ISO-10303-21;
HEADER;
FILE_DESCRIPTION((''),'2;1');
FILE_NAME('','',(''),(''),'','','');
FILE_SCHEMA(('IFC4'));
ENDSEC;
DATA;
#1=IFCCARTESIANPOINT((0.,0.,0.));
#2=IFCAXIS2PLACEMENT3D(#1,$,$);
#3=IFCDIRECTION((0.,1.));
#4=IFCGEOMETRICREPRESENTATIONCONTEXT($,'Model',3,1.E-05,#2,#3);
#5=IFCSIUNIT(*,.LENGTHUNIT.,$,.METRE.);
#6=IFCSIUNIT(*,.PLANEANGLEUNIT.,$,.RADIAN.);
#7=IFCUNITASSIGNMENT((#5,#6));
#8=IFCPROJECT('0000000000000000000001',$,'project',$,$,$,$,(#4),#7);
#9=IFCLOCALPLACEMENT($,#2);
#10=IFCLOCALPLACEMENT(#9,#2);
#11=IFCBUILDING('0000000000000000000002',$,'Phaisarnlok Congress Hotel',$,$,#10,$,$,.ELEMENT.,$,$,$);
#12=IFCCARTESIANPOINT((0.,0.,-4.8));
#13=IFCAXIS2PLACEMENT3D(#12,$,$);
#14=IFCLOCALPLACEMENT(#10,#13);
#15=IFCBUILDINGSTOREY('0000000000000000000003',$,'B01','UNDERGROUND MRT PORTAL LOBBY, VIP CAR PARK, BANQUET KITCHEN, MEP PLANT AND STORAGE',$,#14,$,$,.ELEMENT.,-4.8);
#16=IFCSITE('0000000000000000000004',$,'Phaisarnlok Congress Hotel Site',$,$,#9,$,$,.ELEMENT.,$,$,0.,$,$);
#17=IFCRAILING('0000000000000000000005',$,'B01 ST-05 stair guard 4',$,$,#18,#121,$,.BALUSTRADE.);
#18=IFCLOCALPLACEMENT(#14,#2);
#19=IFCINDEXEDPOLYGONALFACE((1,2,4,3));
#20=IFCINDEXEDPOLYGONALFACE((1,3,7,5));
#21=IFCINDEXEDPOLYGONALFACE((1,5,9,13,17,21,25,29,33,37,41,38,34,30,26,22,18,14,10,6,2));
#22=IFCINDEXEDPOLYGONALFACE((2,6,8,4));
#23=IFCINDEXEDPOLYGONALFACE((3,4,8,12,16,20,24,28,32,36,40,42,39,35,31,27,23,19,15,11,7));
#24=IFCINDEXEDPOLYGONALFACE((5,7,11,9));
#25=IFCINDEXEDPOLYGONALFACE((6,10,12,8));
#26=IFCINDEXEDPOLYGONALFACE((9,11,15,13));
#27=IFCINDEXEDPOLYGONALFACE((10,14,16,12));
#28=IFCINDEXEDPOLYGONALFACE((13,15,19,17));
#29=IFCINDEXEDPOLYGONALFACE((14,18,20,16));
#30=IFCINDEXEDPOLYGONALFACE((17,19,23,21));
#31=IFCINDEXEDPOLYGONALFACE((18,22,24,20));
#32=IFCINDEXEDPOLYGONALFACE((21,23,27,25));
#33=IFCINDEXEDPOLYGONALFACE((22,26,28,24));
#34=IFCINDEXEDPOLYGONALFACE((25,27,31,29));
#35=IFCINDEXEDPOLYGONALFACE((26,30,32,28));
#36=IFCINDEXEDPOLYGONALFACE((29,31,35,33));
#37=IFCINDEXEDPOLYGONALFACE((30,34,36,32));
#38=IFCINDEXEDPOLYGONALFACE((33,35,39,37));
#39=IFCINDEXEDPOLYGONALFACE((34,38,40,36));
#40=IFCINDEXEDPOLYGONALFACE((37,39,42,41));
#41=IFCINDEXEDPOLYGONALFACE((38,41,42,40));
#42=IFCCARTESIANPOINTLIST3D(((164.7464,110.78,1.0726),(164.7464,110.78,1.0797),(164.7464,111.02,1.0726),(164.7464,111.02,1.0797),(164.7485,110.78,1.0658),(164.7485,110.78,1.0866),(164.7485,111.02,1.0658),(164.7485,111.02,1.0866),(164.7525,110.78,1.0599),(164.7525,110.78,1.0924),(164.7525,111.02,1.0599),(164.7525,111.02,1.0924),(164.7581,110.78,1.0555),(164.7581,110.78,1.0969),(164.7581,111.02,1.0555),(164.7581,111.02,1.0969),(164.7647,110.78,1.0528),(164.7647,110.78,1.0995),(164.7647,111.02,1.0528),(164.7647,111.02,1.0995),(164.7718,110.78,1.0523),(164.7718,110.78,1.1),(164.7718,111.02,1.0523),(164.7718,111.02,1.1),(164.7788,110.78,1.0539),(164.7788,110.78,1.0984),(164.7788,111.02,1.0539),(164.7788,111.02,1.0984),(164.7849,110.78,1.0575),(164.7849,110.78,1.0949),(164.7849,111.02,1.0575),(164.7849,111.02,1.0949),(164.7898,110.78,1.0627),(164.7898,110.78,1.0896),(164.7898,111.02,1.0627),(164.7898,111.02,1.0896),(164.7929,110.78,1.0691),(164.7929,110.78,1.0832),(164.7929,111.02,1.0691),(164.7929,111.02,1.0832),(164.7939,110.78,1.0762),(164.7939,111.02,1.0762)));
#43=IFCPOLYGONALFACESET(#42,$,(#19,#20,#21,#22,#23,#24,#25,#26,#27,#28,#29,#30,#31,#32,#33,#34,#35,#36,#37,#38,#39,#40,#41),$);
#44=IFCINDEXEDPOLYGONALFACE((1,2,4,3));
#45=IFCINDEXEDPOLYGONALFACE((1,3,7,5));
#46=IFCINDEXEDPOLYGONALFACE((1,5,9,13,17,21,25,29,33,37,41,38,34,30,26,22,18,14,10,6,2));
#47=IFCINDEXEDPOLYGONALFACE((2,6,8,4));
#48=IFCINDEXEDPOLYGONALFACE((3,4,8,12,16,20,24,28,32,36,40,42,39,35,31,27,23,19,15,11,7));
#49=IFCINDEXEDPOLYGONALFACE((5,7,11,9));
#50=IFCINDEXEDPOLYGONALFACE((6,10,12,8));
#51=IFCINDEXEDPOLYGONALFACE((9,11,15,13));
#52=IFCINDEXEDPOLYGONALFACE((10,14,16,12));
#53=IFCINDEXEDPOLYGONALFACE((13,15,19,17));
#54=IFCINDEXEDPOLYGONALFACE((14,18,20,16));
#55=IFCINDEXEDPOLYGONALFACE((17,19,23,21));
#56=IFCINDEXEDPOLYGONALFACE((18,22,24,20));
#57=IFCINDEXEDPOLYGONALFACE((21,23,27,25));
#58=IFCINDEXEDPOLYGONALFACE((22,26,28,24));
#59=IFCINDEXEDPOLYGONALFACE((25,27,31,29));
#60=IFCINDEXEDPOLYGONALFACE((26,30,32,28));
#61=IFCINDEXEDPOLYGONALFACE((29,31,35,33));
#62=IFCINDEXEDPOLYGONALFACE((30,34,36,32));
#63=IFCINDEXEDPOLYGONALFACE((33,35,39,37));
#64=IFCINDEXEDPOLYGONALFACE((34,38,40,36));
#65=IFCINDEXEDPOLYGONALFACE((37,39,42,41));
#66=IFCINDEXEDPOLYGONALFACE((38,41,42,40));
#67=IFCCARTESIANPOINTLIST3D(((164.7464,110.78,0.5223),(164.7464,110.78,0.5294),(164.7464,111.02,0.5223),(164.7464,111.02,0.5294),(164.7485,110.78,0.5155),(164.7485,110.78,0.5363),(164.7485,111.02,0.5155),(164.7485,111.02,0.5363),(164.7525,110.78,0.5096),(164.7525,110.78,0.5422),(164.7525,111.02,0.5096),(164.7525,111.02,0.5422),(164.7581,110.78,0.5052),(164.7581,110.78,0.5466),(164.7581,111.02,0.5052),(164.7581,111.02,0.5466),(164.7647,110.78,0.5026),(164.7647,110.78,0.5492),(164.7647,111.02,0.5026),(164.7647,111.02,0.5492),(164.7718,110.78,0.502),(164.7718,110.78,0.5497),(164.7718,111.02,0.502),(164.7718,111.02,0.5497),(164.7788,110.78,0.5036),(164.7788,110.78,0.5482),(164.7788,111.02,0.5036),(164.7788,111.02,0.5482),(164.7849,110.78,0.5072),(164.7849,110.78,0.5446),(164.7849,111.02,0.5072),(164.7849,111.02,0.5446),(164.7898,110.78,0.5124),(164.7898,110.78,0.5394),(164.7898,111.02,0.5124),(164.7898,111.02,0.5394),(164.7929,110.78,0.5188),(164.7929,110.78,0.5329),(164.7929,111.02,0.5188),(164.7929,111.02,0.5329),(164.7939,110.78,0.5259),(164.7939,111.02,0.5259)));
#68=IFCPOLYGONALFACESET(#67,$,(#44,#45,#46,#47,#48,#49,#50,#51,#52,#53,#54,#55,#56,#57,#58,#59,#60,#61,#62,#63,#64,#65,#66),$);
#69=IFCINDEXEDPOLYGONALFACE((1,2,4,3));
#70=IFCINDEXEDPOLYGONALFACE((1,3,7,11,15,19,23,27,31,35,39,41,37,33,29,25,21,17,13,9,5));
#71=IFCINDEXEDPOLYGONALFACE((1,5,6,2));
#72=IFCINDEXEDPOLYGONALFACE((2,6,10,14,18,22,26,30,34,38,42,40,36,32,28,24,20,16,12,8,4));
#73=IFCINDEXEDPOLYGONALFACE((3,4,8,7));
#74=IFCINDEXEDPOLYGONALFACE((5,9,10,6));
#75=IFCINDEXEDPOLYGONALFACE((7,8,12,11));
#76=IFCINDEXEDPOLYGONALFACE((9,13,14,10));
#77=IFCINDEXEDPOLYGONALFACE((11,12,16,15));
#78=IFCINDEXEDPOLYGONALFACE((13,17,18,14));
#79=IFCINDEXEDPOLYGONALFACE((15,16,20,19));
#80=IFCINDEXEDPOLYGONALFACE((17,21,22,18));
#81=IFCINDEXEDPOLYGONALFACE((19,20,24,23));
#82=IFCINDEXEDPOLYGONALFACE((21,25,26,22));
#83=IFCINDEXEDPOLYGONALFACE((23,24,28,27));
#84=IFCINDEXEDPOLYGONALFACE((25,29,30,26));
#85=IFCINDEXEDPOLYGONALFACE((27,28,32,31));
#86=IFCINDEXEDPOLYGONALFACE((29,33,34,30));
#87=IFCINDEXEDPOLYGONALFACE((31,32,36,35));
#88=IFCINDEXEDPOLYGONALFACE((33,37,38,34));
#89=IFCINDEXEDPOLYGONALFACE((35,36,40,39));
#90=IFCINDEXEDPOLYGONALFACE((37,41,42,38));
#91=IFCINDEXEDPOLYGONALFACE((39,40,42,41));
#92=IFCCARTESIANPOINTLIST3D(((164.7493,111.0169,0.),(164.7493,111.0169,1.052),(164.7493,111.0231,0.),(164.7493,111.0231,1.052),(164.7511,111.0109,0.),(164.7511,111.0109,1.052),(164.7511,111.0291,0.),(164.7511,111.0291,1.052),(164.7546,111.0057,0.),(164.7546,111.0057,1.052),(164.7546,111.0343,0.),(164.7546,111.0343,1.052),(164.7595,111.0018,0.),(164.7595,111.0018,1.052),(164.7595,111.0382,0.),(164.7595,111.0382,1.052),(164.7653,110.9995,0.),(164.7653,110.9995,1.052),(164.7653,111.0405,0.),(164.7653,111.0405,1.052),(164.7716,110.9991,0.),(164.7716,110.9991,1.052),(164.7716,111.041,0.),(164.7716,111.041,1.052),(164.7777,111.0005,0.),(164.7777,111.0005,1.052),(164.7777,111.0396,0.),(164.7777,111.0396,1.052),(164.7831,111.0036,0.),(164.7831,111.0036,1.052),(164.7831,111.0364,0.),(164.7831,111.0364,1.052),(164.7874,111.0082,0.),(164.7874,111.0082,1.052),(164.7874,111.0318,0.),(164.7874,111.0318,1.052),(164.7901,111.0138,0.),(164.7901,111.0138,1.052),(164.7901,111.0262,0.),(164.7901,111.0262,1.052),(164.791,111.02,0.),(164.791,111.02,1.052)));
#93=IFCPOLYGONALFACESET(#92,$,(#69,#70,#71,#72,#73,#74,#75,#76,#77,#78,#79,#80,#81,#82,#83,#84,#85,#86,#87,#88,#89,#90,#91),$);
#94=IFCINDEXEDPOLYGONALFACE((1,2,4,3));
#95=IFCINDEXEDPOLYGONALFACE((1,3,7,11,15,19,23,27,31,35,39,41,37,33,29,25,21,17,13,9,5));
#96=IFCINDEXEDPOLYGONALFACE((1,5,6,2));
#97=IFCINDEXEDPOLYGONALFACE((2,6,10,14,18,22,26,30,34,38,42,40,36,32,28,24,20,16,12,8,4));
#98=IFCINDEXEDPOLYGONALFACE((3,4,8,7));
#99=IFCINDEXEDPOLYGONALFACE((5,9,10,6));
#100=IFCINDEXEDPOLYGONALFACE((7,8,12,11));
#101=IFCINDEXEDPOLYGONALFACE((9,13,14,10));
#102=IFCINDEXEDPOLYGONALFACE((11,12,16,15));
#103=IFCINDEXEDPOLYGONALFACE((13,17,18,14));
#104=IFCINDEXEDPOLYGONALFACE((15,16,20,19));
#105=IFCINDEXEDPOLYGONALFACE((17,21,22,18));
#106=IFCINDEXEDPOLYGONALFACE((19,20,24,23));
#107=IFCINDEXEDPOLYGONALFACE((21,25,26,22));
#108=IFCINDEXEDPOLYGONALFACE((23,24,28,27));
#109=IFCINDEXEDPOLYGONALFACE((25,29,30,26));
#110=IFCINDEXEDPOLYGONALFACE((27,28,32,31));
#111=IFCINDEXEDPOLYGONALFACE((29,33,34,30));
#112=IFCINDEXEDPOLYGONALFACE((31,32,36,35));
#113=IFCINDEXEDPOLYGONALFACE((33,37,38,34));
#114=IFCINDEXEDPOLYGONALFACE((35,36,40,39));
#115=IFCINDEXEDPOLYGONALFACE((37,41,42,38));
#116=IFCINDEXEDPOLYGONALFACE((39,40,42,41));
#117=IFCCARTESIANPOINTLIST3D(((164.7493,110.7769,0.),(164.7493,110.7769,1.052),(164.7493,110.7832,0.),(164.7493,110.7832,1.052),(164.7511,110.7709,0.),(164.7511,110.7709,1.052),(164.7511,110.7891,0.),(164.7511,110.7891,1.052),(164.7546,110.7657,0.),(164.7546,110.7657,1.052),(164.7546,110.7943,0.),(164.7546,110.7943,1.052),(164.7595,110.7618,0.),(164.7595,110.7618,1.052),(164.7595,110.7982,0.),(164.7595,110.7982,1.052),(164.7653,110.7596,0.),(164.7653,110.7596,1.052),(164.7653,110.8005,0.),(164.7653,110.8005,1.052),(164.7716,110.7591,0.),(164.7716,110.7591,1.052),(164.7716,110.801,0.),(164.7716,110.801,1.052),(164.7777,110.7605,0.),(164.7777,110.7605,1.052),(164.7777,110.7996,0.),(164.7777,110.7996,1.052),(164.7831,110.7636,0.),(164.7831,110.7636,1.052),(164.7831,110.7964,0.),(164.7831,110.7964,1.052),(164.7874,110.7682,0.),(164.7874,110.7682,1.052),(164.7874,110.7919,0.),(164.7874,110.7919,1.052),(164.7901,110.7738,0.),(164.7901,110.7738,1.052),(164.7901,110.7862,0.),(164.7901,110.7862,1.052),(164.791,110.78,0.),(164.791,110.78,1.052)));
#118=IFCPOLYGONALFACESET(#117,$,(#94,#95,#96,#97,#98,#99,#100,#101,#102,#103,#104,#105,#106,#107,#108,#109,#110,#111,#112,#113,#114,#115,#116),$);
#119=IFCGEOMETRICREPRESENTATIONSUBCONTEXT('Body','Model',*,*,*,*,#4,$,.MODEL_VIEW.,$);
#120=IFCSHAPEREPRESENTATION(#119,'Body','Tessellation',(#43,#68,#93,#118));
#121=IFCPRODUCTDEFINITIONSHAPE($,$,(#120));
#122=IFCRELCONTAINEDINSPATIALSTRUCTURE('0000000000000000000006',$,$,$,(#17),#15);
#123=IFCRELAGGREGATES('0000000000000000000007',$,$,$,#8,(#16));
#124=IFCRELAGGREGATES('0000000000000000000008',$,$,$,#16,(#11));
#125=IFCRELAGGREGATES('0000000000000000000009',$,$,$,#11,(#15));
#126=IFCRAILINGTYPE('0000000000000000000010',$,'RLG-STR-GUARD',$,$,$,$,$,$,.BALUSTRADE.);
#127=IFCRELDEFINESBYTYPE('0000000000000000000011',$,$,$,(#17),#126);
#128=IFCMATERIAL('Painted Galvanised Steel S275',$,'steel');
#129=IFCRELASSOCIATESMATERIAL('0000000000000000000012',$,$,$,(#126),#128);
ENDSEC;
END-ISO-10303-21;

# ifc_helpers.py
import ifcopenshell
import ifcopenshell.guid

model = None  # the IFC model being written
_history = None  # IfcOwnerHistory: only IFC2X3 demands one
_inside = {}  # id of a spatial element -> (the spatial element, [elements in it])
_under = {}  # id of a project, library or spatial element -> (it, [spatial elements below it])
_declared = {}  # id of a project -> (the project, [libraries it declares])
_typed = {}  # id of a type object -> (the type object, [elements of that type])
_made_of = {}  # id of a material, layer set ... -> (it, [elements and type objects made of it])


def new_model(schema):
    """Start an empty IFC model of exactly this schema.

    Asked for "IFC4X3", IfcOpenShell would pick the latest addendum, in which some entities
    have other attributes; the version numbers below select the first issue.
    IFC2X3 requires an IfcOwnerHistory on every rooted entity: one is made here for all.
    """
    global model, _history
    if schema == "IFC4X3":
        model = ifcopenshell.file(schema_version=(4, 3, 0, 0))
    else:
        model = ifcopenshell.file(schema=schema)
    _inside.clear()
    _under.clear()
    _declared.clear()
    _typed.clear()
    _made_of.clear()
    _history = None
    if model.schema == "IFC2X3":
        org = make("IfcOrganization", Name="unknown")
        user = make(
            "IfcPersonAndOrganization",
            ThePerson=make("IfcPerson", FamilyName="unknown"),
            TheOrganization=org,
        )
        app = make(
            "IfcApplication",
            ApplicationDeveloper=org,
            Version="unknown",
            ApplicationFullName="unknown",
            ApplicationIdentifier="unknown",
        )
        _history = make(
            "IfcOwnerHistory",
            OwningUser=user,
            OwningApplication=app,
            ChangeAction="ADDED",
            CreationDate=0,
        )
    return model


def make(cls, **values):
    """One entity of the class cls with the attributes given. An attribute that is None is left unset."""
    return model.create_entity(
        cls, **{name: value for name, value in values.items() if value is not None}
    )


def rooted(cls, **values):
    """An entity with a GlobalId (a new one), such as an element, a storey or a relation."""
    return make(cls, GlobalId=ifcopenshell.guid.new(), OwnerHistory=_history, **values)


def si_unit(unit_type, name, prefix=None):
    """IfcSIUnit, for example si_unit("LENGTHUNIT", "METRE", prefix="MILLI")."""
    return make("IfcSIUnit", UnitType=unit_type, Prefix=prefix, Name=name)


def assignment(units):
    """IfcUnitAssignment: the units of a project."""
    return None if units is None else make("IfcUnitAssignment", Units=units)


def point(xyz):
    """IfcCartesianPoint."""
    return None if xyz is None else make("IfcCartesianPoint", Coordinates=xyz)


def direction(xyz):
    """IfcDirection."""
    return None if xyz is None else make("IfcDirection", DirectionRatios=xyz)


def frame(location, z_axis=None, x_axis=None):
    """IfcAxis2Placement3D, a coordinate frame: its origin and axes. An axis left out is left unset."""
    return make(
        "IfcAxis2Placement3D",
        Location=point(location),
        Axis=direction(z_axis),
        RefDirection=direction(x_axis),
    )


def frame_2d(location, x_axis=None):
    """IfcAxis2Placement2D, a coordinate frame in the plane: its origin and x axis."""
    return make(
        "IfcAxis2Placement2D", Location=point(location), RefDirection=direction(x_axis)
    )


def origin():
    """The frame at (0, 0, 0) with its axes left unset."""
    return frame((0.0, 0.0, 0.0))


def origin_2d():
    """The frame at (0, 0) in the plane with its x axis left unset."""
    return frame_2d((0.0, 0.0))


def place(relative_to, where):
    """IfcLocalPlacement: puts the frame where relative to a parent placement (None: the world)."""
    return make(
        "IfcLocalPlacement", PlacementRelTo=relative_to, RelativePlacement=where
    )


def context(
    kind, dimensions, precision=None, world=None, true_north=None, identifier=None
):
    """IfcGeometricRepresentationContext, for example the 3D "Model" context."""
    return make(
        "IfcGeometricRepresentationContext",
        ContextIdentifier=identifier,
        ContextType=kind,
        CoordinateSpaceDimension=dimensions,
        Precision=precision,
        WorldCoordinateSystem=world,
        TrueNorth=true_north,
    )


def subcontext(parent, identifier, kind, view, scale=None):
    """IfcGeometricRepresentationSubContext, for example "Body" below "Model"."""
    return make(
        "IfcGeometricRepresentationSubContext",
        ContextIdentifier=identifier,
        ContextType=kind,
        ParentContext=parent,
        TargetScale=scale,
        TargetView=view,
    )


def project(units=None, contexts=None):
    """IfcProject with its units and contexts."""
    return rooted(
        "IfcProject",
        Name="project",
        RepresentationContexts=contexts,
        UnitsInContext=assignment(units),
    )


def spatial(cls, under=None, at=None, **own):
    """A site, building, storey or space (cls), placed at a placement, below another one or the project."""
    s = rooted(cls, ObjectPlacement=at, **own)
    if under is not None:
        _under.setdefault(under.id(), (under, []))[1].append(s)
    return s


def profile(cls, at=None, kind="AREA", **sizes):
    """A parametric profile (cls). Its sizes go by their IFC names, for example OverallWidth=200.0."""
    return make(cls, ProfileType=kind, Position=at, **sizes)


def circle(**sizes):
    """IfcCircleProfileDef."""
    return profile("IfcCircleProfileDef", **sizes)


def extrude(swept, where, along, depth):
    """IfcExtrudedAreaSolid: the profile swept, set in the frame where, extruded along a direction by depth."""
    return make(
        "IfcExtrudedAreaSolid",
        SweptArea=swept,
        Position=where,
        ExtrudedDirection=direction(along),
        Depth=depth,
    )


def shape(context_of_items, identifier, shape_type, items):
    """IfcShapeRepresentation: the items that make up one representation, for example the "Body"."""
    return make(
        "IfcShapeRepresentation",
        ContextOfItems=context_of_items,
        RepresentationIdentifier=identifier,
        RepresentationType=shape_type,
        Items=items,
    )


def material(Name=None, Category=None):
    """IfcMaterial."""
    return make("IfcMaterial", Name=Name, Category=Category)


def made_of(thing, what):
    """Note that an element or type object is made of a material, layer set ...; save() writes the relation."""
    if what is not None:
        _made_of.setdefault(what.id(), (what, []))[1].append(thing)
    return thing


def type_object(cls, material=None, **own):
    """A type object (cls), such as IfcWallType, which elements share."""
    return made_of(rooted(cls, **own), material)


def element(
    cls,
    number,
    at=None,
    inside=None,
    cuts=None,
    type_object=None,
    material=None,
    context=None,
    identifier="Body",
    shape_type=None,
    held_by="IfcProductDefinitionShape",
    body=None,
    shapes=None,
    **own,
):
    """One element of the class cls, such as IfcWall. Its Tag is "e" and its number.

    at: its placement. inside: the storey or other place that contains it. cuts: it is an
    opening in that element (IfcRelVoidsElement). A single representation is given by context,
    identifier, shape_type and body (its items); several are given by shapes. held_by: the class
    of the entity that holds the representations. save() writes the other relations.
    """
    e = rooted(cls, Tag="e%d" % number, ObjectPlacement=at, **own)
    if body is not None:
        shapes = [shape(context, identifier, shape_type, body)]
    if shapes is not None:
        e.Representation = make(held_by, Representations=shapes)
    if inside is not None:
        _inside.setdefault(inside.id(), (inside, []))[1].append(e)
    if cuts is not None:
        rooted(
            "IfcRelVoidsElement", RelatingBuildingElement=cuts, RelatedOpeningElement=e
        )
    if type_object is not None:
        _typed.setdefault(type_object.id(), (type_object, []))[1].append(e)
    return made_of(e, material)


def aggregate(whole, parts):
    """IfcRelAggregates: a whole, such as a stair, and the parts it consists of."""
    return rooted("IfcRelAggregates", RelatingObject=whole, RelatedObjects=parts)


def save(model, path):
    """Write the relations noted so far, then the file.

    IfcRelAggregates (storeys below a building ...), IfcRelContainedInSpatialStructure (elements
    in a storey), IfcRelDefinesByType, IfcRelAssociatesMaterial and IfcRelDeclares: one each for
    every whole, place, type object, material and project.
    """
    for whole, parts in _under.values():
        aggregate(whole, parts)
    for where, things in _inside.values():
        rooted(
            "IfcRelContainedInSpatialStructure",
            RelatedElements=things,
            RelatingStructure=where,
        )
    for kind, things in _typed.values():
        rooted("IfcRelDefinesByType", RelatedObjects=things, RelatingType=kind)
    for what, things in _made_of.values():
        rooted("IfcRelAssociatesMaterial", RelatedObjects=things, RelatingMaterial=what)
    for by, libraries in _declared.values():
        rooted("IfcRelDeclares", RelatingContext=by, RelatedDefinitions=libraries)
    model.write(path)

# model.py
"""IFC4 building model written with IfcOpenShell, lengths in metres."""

from ifc_helpers import new_model, si_unit, direction, frame, origin, origin_2d, place, context, subcontext, project, spatial, circle, extrude, material, type_object, element, save


model = new_model("IFC4")

# Units and contexts
model_context = context("Model", 3, precision=1e-05, world=origin(), true_north=direction((0.0, 1.0)))
body_context = subcontext(model_context, "Body", "Model", "MODEL_VIEW")
ifc_project = project(units=[si_unit("LENGTHUNIT", "METRE"), si_unit("PLANEANGLEUNIT", "RADIAN")], contexts=[model_context])

# Site, building, storey
site_placement = place(None, origin())
site = spatial("IfcSite", under=ifc_project, at=site_placement, Name="Phaisarnlok Congress Hotel Site", CompositionType="ELEMENT", RefElevation=0.0)
building_placement = place(site_placement, origin())
building = spatial("IfcBuilding", under=site, at=building_placement, Name="Phaisarnlok Congress Hotel", CompositionType="ELEMENT")
storey_placement = place(building_placement, frame((0.0, 0.0, -4.8)))
storey = spatial("IfcBuildingStorey", under=building, at=storey_placement, Name="B01", Description="UNDERGROUND MRT PORTAL LOBBY, VIP CAR PARK, BANQUET KITCHEN, MEP PLANT AND STORAGE", CompositionType="ELEMENT", Elevation=-4.8)

# Railing
ifc_material_1 = material(Name="Painted Galvanised Steel S275", Category="steel")
railing_type_1 = type_object("IfcRailingType", Name="RLG-STR-GUARD", PredefinedType="BALUSTRADE", material=ifc_material_1)
railing_1_placement = place(storey_placement, frame((164.77, 111.02, 0.0)))
element("IfcRailing", 1, at=railing_1_placement, inside=storey, type_object=railing_type_1, Name="B01 ST-05 stair guard 4", PredefinedType="BALUSTRADE", context=body_context, shape_type="SweptSolid", body=[
    extrude(circle(Radius=0.0239, at=origin_2d()), frame((0.0, 0.0, 1.0762), z_axis=(0.0, -1.0, 0.0), x_axis=(1.0, 0.0, 0.0)), (0.0, 0.0, 1.0), 0.24),
    extrude(circle(Radius=0.0239, at=origin_2d()), frame((0.0, 0.0, 0.5259), z_axis=(0.0, -1.0, 0.0), x_axis=(1.0, 0.0, 0.0)), (0.0, 0.0, 1.0), 0.24),
    extrude(circle(Radius=0.021, at=origin_2d()), origin(), (0.0, 0.0, 1.0), 1.052),
    extrude(circle(Radius=0.021, at=origin_2d()), frame((0.0, -0.24, 0.0)), (0.0, 0.0, 1.0), 1.052),
])

save(model, "model.ifc")
